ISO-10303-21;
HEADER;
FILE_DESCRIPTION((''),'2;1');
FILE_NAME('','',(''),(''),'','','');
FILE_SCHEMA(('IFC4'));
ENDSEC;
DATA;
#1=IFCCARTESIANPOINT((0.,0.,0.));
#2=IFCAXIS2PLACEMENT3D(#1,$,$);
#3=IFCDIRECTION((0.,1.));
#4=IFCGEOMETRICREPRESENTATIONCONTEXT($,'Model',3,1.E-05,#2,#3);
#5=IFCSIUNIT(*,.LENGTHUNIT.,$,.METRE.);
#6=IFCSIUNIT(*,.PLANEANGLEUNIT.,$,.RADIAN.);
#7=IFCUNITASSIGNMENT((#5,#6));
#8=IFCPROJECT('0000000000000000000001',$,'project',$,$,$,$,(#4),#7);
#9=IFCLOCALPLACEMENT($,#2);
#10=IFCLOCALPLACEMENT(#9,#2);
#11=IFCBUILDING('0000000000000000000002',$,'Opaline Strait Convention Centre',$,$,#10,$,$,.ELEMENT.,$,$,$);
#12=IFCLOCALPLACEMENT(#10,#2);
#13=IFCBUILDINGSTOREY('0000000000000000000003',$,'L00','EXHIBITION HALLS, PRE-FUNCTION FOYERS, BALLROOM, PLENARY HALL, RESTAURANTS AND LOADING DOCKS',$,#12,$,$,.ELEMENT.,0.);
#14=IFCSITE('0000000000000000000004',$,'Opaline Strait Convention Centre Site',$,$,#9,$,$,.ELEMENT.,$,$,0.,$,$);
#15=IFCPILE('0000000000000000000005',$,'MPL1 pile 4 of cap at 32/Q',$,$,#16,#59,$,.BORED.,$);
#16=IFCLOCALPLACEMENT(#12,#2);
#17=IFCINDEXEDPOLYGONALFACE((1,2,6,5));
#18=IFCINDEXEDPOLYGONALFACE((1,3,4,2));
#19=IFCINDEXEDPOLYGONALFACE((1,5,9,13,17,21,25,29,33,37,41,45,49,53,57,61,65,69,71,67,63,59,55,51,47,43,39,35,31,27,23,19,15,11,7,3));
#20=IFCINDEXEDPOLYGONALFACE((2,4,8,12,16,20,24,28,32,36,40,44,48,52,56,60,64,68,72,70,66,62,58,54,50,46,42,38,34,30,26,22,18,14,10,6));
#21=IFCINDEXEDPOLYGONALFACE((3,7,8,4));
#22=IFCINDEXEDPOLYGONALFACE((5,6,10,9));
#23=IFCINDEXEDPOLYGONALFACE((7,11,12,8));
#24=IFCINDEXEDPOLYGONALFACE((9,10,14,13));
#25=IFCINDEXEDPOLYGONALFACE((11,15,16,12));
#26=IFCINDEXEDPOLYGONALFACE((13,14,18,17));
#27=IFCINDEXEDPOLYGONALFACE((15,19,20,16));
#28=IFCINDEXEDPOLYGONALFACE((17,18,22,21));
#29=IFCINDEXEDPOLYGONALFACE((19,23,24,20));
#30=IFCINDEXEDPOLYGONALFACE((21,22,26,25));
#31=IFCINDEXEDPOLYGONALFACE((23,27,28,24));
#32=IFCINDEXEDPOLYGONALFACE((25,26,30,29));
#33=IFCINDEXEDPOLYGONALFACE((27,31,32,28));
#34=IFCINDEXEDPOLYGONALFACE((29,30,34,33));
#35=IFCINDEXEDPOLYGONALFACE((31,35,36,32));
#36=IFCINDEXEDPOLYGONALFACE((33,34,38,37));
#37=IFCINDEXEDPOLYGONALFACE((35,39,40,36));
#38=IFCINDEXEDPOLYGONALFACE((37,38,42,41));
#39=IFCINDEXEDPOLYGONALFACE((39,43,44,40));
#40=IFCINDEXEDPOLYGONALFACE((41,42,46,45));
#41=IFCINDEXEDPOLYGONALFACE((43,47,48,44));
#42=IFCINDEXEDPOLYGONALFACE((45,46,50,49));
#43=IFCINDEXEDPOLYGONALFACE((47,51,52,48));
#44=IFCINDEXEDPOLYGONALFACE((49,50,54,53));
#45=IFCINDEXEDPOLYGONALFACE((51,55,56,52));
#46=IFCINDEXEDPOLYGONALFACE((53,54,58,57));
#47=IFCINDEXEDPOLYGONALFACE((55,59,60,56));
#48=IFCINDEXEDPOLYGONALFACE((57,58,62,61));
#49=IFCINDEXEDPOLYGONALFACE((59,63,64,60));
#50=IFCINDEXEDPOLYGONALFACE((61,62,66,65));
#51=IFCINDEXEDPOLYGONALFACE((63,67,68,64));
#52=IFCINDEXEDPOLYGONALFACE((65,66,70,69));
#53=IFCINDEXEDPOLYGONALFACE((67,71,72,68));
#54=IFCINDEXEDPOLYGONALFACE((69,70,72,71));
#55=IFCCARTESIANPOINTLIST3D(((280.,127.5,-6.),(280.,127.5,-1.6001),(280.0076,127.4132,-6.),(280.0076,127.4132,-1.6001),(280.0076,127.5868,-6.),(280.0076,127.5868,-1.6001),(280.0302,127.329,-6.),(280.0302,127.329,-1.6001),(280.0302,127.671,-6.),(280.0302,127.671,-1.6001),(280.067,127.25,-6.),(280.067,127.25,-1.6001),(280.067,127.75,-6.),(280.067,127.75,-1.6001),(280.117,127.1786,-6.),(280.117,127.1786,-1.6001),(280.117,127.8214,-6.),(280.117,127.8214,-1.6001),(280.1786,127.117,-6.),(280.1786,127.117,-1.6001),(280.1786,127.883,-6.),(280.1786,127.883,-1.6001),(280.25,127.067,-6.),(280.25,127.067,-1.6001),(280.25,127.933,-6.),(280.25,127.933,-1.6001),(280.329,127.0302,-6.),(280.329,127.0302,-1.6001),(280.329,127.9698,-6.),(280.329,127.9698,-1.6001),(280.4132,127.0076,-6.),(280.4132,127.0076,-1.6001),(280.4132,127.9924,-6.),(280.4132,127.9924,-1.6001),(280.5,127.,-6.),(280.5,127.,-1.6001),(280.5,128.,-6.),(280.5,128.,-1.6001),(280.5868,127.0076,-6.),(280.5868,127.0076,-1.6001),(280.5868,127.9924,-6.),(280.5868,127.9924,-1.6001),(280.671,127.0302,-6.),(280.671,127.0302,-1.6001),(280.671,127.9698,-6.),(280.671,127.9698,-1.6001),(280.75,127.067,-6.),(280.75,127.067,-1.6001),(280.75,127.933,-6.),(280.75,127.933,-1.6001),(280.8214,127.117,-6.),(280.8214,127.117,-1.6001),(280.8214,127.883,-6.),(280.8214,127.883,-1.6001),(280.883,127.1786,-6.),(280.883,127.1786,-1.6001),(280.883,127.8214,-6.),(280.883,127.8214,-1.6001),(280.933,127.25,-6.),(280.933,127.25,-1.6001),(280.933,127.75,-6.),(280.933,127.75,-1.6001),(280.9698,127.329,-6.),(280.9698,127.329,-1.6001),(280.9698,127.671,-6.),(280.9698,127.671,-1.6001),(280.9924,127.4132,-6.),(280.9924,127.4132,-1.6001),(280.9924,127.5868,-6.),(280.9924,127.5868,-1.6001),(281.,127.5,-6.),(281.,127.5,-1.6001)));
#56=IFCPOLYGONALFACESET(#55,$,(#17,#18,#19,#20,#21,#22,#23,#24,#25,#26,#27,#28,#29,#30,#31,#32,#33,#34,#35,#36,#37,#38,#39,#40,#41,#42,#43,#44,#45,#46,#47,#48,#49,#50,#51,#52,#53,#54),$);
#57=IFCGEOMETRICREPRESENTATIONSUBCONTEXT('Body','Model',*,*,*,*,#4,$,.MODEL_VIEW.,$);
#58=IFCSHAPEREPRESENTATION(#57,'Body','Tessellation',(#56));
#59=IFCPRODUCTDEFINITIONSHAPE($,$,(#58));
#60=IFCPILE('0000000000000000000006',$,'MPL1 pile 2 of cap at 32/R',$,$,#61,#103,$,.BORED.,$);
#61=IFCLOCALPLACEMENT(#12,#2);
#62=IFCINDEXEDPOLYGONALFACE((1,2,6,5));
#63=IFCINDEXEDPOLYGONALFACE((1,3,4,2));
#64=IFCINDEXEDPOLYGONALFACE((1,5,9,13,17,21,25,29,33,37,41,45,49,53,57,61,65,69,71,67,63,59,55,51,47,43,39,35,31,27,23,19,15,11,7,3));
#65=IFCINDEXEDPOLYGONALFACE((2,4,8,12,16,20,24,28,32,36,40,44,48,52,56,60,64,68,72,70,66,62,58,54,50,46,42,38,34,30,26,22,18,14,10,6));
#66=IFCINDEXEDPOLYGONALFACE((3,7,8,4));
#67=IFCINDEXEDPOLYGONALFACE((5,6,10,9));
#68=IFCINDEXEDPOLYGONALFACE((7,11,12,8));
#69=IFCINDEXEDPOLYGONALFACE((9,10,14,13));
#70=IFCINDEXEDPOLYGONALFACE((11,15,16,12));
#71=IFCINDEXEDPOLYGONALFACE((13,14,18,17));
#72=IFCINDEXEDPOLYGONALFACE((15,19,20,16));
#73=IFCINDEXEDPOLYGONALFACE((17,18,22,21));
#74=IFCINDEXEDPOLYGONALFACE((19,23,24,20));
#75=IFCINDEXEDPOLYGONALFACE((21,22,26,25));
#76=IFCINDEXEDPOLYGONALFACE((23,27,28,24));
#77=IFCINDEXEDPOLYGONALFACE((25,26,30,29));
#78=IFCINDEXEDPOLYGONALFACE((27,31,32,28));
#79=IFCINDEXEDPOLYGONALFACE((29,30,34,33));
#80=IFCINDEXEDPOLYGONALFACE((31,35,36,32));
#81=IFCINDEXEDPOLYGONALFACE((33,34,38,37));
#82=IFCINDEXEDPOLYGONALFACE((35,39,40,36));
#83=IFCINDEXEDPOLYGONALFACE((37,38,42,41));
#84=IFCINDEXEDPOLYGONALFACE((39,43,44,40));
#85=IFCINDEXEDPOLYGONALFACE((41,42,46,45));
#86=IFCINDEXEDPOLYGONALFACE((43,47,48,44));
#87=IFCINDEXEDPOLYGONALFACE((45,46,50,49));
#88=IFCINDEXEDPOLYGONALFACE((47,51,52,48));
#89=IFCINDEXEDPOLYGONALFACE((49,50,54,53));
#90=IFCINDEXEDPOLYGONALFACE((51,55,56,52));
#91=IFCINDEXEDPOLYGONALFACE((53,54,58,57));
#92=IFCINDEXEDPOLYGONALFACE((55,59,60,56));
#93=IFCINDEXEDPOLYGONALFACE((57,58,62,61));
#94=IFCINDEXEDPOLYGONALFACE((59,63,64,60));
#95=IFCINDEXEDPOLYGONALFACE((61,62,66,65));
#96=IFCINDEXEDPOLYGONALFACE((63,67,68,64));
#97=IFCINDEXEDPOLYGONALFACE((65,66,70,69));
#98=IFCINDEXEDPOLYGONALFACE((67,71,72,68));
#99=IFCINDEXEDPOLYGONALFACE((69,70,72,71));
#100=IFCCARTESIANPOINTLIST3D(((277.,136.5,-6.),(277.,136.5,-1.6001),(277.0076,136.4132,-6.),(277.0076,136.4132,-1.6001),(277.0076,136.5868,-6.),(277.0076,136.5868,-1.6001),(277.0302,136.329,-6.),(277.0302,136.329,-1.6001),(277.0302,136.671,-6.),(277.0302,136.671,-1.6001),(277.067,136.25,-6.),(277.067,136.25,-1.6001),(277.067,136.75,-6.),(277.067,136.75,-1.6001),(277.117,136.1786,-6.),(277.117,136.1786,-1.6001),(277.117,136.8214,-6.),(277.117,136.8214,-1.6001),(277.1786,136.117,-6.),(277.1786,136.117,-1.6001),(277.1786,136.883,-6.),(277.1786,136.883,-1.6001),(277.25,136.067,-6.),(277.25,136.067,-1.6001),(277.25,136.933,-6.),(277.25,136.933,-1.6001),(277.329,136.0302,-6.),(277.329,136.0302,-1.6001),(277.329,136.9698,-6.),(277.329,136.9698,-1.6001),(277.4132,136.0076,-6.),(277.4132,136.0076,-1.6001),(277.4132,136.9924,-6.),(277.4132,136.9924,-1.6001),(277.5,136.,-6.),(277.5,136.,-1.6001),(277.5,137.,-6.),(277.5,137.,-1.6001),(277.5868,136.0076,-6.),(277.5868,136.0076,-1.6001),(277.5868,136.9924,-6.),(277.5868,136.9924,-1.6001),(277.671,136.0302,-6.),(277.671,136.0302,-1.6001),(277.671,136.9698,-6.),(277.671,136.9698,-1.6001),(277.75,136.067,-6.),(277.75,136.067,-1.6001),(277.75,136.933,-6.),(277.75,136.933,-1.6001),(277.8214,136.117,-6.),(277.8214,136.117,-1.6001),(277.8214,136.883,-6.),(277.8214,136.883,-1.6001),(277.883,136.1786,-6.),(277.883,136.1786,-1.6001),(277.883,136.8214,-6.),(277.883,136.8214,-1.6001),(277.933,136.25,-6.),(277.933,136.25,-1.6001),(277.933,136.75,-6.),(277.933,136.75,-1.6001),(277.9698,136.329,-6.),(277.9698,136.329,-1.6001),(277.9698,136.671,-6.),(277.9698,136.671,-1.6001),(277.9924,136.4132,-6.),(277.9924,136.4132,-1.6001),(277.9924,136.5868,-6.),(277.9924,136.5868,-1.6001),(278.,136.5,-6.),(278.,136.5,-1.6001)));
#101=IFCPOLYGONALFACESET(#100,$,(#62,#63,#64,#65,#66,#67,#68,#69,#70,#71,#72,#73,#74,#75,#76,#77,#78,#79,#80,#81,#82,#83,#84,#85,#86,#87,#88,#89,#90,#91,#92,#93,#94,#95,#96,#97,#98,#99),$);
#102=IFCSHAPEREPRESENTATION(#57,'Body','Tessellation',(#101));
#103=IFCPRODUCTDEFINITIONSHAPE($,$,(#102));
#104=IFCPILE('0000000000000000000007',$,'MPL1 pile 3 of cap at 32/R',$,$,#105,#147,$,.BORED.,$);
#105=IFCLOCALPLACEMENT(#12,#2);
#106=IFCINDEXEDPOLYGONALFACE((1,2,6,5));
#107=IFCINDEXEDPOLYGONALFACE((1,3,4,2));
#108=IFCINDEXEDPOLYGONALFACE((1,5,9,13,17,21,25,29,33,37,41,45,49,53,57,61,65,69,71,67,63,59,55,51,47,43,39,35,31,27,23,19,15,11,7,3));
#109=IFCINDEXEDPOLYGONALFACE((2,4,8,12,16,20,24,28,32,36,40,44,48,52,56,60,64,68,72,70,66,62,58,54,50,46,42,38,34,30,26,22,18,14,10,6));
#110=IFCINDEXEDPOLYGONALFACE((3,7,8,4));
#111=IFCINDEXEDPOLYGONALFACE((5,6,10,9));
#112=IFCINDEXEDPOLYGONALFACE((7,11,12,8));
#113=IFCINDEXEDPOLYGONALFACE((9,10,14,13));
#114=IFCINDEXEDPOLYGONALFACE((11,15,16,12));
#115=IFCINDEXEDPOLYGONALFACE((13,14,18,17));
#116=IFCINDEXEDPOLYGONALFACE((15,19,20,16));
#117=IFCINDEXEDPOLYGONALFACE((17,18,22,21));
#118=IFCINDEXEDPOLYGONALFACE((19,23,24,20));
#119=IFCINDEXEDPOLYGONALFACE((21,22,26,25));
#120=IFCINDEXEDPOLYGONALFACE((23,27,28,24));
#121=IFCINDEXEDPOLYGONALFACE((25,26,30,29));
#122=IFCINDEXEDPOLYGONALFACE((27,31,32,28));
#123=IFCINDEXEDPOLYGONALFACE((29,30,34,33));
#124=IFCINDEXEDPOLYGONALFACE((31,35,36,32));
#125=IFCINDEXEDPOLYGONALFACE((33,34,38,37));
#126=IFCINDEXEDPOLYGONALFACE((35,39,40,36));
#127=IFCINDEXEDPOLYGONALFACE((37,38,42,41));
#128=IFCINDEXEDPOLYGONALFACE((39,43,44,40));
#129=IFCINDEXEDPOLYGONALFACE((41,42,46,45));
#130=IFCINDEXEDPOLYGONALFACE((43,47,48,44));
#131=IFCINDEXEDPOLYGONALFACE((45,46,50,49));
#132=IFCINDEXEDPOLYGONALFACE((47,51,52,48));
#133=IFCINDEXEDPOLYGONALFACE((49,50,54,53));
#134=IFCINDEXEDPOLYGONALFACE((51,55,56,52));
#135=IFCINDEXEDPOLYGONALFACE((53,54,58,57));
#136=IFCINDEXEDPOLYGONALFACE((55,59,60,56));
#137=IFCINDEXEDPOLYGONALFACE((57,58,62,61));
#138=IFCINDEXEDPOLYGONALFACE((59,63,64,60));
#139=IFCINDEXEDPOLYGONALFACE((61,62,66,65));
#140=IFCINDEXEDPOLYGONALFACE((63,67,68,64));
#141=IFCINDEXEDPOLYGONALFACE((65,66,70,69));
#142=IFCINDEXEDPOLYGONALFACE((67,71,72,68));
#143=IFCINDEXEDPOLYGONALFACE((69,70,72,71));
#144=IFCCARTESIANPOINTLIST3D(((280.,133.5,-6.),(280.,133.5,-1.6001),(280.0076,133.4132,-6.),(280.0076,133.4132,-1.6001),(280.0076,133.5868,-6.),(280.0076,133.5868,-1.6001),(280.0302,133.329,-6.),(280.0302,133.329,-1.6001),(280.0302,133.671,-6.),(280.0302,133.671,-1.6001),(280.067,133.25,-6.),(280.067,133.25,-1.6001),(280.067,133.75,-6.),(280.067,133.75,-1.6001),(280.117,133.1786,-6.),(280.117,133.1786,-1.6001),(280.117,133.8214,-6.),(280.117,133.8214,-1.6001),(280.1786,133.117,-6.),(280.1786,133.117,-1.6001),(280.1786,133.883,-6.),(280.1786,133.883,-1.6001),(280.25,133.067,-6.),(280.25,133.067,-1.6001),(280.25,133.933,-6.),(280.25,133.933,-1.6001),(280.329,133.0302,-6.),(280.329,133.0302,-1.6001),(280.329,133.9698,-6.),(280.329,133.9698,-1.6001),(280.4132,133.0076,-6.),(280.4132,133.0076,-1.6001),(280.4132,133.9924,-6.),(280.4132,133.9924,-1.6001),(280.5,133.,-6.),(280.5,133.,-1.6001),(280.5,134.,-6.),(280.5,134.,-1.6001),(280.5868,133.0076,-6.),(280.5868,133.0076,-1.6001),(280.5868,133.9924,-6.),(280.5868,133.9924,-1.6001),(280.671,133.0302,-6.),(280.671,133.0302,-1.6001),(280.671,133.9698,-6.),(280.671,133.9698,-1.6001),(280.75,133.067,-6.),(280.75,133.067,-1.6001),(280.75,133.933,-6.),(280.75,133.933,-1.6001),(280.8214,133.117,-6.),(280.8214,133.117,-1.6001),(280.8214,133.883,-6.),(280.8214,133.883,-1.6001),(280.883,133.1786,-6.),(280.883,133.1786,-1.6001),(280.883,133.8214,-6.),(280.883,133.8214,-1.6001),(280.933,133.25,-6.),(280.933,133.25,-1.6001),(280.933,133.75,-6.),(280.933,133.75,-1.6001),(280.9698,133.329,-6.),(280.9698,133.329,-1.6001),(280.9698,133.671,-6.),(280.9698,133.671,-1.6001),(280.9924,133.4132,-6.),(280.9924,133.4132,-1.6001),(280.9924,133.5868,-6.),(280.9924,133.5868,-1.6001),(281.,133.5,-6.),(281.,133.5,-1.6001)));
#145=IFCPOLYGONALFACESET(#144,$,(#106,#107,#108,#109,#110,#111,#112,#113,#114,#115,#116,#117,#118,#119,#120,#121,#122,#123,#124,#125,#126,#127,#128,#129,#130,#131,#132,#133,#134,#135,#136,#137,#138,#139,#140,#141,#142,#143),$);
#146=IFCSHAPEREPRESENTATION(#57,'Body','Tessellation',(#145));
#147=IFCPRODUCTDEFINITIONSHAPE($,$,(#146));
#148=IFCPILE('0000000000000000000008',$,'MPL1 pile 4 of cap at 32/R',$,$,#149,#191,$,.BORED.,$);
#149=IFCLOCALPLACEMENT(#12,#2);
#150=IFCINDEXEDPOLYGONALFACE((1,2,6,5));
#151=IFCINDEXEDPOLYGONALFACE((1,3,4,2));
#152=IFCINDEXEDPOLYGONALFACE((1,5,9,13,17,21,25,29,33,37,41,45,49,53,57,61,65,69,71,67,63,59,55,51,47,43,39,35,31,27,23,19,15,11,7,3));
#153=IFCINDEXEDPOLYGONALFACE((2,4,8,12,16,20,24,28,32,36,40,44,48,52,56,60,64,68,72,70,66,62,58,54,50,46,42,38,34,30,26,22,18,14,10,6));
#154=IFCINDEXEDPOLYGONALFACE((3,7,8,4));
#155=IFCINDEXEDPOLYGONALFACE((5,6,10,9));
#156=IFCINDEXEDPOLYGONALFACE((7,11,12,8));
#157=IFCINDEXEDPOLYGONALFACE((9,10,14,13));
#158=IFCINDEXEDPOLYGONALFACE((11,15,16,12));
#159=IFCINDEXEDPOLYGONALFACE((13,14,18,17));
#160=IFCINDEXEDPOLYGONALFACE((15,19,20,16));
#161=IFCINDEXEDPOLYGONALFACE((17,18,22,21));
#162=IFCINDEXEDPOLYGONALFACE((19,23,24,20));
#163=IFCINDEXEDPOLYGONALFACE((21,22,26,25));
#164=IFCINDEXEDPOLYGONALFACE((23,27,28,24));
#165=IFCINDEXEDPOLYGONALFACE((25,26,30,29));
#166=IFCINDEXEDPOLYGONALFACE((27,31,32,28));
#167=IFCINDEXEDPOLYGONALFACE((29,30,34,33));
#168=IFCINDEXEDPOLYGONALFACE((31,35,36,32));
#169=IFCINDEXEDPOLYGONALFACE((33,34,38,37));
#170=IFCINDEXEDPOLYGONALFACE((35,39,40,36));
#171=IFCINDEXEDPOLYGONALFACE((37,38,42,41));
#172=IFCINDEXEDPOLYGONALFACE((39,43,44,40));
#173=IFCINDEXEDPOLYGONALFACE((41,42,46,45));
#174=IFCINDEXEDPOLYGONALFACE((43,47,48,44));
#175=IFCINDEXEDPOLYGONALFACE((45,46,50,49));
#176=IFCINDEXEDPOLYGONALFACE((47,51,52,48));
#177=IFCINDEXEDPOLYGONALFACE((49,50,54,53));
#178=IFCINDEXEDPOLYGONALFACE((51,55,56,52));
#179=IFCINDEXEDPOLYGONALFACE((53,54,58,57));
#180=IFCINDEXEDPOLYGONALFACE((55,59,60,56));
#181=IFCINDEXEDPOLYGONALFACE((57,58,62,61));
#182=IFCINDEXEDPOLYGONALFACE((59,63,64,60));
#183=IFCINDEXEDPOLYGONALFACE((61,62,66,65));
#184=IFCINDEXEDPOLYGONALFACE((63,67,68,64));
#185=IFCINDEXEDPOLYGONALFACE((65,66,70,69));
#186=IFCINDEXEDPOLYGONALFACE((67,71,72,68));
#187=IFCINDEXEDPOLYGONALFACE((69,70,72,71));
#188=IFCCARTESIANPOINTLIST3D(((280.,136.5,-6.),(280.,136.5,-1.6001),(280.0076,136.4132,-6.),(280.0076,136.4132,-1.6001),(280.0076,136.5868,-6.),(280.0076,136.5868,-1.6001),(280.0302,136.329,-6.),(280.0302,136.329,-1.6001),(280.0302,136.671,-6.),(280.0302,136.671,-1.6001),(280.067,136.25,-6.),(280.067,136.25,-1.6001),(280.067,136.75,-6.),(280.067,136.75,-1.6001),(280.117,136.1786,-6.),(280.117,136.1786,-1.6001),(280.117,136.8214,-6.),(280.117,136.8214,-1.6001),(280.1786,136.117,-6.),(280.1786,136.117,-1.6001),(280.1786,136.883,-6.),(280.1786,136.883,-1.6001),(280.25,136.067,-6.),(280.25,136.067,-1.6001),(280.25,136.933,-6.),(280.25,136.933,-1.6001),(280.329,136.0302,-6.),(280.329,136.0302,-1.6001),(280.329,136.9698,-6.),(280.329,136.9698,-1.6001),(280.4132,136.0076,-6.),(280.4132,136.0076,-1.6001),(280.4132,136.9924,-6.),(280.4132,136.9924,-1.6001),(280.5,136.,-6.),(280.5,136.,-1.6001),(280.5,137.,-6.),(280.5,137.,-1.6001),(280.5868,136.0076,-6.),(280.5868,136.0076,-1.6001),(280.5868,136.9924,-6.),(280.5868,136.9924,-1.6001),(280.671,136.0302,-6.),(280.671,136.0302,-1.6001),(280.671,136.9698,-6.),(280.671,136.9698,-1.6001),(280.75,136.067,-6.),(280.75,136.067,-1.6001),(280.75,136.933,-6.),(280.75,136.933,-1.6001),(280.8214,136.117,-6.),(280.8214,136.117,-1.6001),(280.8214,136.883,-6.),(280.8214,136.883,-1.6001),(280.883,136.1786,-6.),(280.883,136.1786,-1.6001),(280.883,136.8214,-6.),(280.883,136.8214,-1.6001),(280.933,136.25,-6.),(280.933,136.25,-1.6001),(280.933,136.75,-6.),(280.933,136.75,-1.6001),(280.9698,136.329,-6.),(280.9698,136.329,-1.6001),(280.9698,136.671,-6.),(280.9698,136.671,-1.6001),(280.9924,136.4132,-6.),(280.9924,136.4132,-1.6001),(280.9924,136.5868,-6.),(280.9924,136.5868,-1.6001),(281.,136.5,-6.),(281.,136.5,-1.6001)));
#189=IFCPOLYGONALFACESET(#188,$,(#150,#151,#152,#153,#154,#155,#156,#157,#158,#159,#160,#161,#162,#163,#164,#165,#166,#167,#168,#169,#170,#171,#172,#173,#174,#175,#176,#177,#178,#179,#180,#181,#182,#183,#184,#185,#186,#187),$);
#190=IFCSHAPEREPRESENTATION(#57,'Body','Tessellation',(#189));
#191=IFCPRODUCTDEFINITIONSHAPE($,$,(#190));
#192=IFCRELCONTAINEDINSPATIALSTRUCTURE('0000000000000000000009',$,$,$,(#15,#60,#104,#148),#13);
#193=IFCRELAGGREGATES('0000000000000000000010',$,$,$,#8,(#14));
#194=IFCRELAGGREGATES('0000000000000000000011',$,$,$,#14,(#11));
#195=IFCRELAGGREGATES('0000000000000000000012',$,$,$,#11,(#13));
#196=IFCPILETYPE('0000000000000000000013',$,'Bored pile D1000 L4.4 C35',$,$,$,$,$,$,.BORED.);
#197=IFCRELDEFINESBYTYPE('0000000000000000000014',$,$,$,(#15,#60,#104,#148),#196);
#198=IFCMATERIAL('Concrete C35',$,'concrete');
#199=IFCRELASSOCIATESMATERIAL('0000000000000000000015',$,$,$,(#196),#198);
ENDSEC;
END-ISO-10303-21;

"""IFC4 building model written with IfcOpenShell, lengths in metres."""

from ifc_helpers import new_model, si_unit, direction, frame, origin, origin_2d, place, context, subcontext, project, spatial, circle, extrude, material, material_profile, profile_set, type_object, element, save


model = new_model("IFC4")

# Units and contexts
model_context = context("Model", 3, precision=1e-05, world=origin(), true_north=direction((0.0, 1.0)))
body_context = subcontext(model_context, "Body", "Model", "MODEL_VIEW")
ifc_project = project(units=[si_unit("LENGTHUNIT", "METRE"), si_unit("PLANEANGLEUNIT", "RADIAN")], contexts=[model_context])

# Site, building, storey
site_placement = place(None, origin())
site = spatial("IfcSite", under=ifc_project, at=site_placement, Name="Opaline Strait Convention Centre Site", CompositionType="ELEMENT", RefElevation=0.0)
building_placement = place(site_placement, origin())
building = spatial("IfcBuilding", under=site, at=building_placement, Name="Opaline Strait Convention Centre", CompositionType="ELEMENT")
storey_placement = place(building_placement, origin())
storey = spatial("IfcBuildingStorey", under=building, at=storey_placement, Name="L00", Description="EXHIBITION HALLS, PRE-FUNCTION FOYERS, BALLROOM, PLENARY HALL, RESTAURANTS AND LOADING DOCKS", CompositionType="ELEMENT", Elevation=0.0)

# Piles
ifc_material_1 = material(Name="Concrete C35", Category="concrete")
ifc_material_profile_1 = material_profile(ifc_material_1, circle(Radius=0.5, at=origin_2d()), Name="D1000")
ifc_profile_set_1 = profile_set([ifc_material_profile_1], Name="Concrete C35")
pile_type = type_object("IfcPileType", Name="Bored pile D1000 L4.4 C35", PredefinedType="BORED", material=ifc_profile_set_1)
for number, where, z_axis, x_axis, name in (
    (1, (280.5, 127.5, -1.6001), (0.0, 0.0, -1.0), (1.0, 0.0, 0.0), "MPL1 pile 4 of cap at 32/Q"),
    (2, (277.5, 136.5, -1.6001), (0.0, 0.0, -1.0), (1.0, 0.0, 0.0), "MPL1 pile 2 of cap at 32/R"),
    (3, (280.5, 133.5, -1.6001), (0.0, 0.0, -1.0), (1.0, 0.0, 0.0), "MPL1 pile 3 of cap at 32/R"),
    (4, (280.5, 136.5, -1.6001), (0.0, 0.0, -1.0), (1.0, 0.0, 0.0), "MPL1 pile 4 of cap at 32/R"),
):
    element("IfcPile", number, at=place(storey_placement, frame(where, z_axis=z_axis, x_axis=x_axis)), inside=storey, type_object=pile_type, Name=name, PredefinedType="BORED", context=body_context, shape_type="SweptSolid", body=[
        extrude(circle(Radius=0.5, at=origin_2d()), origin(), (0.0, 0.0, 1.0), 4.3999),
    ])

save(model, "model.ifc")
